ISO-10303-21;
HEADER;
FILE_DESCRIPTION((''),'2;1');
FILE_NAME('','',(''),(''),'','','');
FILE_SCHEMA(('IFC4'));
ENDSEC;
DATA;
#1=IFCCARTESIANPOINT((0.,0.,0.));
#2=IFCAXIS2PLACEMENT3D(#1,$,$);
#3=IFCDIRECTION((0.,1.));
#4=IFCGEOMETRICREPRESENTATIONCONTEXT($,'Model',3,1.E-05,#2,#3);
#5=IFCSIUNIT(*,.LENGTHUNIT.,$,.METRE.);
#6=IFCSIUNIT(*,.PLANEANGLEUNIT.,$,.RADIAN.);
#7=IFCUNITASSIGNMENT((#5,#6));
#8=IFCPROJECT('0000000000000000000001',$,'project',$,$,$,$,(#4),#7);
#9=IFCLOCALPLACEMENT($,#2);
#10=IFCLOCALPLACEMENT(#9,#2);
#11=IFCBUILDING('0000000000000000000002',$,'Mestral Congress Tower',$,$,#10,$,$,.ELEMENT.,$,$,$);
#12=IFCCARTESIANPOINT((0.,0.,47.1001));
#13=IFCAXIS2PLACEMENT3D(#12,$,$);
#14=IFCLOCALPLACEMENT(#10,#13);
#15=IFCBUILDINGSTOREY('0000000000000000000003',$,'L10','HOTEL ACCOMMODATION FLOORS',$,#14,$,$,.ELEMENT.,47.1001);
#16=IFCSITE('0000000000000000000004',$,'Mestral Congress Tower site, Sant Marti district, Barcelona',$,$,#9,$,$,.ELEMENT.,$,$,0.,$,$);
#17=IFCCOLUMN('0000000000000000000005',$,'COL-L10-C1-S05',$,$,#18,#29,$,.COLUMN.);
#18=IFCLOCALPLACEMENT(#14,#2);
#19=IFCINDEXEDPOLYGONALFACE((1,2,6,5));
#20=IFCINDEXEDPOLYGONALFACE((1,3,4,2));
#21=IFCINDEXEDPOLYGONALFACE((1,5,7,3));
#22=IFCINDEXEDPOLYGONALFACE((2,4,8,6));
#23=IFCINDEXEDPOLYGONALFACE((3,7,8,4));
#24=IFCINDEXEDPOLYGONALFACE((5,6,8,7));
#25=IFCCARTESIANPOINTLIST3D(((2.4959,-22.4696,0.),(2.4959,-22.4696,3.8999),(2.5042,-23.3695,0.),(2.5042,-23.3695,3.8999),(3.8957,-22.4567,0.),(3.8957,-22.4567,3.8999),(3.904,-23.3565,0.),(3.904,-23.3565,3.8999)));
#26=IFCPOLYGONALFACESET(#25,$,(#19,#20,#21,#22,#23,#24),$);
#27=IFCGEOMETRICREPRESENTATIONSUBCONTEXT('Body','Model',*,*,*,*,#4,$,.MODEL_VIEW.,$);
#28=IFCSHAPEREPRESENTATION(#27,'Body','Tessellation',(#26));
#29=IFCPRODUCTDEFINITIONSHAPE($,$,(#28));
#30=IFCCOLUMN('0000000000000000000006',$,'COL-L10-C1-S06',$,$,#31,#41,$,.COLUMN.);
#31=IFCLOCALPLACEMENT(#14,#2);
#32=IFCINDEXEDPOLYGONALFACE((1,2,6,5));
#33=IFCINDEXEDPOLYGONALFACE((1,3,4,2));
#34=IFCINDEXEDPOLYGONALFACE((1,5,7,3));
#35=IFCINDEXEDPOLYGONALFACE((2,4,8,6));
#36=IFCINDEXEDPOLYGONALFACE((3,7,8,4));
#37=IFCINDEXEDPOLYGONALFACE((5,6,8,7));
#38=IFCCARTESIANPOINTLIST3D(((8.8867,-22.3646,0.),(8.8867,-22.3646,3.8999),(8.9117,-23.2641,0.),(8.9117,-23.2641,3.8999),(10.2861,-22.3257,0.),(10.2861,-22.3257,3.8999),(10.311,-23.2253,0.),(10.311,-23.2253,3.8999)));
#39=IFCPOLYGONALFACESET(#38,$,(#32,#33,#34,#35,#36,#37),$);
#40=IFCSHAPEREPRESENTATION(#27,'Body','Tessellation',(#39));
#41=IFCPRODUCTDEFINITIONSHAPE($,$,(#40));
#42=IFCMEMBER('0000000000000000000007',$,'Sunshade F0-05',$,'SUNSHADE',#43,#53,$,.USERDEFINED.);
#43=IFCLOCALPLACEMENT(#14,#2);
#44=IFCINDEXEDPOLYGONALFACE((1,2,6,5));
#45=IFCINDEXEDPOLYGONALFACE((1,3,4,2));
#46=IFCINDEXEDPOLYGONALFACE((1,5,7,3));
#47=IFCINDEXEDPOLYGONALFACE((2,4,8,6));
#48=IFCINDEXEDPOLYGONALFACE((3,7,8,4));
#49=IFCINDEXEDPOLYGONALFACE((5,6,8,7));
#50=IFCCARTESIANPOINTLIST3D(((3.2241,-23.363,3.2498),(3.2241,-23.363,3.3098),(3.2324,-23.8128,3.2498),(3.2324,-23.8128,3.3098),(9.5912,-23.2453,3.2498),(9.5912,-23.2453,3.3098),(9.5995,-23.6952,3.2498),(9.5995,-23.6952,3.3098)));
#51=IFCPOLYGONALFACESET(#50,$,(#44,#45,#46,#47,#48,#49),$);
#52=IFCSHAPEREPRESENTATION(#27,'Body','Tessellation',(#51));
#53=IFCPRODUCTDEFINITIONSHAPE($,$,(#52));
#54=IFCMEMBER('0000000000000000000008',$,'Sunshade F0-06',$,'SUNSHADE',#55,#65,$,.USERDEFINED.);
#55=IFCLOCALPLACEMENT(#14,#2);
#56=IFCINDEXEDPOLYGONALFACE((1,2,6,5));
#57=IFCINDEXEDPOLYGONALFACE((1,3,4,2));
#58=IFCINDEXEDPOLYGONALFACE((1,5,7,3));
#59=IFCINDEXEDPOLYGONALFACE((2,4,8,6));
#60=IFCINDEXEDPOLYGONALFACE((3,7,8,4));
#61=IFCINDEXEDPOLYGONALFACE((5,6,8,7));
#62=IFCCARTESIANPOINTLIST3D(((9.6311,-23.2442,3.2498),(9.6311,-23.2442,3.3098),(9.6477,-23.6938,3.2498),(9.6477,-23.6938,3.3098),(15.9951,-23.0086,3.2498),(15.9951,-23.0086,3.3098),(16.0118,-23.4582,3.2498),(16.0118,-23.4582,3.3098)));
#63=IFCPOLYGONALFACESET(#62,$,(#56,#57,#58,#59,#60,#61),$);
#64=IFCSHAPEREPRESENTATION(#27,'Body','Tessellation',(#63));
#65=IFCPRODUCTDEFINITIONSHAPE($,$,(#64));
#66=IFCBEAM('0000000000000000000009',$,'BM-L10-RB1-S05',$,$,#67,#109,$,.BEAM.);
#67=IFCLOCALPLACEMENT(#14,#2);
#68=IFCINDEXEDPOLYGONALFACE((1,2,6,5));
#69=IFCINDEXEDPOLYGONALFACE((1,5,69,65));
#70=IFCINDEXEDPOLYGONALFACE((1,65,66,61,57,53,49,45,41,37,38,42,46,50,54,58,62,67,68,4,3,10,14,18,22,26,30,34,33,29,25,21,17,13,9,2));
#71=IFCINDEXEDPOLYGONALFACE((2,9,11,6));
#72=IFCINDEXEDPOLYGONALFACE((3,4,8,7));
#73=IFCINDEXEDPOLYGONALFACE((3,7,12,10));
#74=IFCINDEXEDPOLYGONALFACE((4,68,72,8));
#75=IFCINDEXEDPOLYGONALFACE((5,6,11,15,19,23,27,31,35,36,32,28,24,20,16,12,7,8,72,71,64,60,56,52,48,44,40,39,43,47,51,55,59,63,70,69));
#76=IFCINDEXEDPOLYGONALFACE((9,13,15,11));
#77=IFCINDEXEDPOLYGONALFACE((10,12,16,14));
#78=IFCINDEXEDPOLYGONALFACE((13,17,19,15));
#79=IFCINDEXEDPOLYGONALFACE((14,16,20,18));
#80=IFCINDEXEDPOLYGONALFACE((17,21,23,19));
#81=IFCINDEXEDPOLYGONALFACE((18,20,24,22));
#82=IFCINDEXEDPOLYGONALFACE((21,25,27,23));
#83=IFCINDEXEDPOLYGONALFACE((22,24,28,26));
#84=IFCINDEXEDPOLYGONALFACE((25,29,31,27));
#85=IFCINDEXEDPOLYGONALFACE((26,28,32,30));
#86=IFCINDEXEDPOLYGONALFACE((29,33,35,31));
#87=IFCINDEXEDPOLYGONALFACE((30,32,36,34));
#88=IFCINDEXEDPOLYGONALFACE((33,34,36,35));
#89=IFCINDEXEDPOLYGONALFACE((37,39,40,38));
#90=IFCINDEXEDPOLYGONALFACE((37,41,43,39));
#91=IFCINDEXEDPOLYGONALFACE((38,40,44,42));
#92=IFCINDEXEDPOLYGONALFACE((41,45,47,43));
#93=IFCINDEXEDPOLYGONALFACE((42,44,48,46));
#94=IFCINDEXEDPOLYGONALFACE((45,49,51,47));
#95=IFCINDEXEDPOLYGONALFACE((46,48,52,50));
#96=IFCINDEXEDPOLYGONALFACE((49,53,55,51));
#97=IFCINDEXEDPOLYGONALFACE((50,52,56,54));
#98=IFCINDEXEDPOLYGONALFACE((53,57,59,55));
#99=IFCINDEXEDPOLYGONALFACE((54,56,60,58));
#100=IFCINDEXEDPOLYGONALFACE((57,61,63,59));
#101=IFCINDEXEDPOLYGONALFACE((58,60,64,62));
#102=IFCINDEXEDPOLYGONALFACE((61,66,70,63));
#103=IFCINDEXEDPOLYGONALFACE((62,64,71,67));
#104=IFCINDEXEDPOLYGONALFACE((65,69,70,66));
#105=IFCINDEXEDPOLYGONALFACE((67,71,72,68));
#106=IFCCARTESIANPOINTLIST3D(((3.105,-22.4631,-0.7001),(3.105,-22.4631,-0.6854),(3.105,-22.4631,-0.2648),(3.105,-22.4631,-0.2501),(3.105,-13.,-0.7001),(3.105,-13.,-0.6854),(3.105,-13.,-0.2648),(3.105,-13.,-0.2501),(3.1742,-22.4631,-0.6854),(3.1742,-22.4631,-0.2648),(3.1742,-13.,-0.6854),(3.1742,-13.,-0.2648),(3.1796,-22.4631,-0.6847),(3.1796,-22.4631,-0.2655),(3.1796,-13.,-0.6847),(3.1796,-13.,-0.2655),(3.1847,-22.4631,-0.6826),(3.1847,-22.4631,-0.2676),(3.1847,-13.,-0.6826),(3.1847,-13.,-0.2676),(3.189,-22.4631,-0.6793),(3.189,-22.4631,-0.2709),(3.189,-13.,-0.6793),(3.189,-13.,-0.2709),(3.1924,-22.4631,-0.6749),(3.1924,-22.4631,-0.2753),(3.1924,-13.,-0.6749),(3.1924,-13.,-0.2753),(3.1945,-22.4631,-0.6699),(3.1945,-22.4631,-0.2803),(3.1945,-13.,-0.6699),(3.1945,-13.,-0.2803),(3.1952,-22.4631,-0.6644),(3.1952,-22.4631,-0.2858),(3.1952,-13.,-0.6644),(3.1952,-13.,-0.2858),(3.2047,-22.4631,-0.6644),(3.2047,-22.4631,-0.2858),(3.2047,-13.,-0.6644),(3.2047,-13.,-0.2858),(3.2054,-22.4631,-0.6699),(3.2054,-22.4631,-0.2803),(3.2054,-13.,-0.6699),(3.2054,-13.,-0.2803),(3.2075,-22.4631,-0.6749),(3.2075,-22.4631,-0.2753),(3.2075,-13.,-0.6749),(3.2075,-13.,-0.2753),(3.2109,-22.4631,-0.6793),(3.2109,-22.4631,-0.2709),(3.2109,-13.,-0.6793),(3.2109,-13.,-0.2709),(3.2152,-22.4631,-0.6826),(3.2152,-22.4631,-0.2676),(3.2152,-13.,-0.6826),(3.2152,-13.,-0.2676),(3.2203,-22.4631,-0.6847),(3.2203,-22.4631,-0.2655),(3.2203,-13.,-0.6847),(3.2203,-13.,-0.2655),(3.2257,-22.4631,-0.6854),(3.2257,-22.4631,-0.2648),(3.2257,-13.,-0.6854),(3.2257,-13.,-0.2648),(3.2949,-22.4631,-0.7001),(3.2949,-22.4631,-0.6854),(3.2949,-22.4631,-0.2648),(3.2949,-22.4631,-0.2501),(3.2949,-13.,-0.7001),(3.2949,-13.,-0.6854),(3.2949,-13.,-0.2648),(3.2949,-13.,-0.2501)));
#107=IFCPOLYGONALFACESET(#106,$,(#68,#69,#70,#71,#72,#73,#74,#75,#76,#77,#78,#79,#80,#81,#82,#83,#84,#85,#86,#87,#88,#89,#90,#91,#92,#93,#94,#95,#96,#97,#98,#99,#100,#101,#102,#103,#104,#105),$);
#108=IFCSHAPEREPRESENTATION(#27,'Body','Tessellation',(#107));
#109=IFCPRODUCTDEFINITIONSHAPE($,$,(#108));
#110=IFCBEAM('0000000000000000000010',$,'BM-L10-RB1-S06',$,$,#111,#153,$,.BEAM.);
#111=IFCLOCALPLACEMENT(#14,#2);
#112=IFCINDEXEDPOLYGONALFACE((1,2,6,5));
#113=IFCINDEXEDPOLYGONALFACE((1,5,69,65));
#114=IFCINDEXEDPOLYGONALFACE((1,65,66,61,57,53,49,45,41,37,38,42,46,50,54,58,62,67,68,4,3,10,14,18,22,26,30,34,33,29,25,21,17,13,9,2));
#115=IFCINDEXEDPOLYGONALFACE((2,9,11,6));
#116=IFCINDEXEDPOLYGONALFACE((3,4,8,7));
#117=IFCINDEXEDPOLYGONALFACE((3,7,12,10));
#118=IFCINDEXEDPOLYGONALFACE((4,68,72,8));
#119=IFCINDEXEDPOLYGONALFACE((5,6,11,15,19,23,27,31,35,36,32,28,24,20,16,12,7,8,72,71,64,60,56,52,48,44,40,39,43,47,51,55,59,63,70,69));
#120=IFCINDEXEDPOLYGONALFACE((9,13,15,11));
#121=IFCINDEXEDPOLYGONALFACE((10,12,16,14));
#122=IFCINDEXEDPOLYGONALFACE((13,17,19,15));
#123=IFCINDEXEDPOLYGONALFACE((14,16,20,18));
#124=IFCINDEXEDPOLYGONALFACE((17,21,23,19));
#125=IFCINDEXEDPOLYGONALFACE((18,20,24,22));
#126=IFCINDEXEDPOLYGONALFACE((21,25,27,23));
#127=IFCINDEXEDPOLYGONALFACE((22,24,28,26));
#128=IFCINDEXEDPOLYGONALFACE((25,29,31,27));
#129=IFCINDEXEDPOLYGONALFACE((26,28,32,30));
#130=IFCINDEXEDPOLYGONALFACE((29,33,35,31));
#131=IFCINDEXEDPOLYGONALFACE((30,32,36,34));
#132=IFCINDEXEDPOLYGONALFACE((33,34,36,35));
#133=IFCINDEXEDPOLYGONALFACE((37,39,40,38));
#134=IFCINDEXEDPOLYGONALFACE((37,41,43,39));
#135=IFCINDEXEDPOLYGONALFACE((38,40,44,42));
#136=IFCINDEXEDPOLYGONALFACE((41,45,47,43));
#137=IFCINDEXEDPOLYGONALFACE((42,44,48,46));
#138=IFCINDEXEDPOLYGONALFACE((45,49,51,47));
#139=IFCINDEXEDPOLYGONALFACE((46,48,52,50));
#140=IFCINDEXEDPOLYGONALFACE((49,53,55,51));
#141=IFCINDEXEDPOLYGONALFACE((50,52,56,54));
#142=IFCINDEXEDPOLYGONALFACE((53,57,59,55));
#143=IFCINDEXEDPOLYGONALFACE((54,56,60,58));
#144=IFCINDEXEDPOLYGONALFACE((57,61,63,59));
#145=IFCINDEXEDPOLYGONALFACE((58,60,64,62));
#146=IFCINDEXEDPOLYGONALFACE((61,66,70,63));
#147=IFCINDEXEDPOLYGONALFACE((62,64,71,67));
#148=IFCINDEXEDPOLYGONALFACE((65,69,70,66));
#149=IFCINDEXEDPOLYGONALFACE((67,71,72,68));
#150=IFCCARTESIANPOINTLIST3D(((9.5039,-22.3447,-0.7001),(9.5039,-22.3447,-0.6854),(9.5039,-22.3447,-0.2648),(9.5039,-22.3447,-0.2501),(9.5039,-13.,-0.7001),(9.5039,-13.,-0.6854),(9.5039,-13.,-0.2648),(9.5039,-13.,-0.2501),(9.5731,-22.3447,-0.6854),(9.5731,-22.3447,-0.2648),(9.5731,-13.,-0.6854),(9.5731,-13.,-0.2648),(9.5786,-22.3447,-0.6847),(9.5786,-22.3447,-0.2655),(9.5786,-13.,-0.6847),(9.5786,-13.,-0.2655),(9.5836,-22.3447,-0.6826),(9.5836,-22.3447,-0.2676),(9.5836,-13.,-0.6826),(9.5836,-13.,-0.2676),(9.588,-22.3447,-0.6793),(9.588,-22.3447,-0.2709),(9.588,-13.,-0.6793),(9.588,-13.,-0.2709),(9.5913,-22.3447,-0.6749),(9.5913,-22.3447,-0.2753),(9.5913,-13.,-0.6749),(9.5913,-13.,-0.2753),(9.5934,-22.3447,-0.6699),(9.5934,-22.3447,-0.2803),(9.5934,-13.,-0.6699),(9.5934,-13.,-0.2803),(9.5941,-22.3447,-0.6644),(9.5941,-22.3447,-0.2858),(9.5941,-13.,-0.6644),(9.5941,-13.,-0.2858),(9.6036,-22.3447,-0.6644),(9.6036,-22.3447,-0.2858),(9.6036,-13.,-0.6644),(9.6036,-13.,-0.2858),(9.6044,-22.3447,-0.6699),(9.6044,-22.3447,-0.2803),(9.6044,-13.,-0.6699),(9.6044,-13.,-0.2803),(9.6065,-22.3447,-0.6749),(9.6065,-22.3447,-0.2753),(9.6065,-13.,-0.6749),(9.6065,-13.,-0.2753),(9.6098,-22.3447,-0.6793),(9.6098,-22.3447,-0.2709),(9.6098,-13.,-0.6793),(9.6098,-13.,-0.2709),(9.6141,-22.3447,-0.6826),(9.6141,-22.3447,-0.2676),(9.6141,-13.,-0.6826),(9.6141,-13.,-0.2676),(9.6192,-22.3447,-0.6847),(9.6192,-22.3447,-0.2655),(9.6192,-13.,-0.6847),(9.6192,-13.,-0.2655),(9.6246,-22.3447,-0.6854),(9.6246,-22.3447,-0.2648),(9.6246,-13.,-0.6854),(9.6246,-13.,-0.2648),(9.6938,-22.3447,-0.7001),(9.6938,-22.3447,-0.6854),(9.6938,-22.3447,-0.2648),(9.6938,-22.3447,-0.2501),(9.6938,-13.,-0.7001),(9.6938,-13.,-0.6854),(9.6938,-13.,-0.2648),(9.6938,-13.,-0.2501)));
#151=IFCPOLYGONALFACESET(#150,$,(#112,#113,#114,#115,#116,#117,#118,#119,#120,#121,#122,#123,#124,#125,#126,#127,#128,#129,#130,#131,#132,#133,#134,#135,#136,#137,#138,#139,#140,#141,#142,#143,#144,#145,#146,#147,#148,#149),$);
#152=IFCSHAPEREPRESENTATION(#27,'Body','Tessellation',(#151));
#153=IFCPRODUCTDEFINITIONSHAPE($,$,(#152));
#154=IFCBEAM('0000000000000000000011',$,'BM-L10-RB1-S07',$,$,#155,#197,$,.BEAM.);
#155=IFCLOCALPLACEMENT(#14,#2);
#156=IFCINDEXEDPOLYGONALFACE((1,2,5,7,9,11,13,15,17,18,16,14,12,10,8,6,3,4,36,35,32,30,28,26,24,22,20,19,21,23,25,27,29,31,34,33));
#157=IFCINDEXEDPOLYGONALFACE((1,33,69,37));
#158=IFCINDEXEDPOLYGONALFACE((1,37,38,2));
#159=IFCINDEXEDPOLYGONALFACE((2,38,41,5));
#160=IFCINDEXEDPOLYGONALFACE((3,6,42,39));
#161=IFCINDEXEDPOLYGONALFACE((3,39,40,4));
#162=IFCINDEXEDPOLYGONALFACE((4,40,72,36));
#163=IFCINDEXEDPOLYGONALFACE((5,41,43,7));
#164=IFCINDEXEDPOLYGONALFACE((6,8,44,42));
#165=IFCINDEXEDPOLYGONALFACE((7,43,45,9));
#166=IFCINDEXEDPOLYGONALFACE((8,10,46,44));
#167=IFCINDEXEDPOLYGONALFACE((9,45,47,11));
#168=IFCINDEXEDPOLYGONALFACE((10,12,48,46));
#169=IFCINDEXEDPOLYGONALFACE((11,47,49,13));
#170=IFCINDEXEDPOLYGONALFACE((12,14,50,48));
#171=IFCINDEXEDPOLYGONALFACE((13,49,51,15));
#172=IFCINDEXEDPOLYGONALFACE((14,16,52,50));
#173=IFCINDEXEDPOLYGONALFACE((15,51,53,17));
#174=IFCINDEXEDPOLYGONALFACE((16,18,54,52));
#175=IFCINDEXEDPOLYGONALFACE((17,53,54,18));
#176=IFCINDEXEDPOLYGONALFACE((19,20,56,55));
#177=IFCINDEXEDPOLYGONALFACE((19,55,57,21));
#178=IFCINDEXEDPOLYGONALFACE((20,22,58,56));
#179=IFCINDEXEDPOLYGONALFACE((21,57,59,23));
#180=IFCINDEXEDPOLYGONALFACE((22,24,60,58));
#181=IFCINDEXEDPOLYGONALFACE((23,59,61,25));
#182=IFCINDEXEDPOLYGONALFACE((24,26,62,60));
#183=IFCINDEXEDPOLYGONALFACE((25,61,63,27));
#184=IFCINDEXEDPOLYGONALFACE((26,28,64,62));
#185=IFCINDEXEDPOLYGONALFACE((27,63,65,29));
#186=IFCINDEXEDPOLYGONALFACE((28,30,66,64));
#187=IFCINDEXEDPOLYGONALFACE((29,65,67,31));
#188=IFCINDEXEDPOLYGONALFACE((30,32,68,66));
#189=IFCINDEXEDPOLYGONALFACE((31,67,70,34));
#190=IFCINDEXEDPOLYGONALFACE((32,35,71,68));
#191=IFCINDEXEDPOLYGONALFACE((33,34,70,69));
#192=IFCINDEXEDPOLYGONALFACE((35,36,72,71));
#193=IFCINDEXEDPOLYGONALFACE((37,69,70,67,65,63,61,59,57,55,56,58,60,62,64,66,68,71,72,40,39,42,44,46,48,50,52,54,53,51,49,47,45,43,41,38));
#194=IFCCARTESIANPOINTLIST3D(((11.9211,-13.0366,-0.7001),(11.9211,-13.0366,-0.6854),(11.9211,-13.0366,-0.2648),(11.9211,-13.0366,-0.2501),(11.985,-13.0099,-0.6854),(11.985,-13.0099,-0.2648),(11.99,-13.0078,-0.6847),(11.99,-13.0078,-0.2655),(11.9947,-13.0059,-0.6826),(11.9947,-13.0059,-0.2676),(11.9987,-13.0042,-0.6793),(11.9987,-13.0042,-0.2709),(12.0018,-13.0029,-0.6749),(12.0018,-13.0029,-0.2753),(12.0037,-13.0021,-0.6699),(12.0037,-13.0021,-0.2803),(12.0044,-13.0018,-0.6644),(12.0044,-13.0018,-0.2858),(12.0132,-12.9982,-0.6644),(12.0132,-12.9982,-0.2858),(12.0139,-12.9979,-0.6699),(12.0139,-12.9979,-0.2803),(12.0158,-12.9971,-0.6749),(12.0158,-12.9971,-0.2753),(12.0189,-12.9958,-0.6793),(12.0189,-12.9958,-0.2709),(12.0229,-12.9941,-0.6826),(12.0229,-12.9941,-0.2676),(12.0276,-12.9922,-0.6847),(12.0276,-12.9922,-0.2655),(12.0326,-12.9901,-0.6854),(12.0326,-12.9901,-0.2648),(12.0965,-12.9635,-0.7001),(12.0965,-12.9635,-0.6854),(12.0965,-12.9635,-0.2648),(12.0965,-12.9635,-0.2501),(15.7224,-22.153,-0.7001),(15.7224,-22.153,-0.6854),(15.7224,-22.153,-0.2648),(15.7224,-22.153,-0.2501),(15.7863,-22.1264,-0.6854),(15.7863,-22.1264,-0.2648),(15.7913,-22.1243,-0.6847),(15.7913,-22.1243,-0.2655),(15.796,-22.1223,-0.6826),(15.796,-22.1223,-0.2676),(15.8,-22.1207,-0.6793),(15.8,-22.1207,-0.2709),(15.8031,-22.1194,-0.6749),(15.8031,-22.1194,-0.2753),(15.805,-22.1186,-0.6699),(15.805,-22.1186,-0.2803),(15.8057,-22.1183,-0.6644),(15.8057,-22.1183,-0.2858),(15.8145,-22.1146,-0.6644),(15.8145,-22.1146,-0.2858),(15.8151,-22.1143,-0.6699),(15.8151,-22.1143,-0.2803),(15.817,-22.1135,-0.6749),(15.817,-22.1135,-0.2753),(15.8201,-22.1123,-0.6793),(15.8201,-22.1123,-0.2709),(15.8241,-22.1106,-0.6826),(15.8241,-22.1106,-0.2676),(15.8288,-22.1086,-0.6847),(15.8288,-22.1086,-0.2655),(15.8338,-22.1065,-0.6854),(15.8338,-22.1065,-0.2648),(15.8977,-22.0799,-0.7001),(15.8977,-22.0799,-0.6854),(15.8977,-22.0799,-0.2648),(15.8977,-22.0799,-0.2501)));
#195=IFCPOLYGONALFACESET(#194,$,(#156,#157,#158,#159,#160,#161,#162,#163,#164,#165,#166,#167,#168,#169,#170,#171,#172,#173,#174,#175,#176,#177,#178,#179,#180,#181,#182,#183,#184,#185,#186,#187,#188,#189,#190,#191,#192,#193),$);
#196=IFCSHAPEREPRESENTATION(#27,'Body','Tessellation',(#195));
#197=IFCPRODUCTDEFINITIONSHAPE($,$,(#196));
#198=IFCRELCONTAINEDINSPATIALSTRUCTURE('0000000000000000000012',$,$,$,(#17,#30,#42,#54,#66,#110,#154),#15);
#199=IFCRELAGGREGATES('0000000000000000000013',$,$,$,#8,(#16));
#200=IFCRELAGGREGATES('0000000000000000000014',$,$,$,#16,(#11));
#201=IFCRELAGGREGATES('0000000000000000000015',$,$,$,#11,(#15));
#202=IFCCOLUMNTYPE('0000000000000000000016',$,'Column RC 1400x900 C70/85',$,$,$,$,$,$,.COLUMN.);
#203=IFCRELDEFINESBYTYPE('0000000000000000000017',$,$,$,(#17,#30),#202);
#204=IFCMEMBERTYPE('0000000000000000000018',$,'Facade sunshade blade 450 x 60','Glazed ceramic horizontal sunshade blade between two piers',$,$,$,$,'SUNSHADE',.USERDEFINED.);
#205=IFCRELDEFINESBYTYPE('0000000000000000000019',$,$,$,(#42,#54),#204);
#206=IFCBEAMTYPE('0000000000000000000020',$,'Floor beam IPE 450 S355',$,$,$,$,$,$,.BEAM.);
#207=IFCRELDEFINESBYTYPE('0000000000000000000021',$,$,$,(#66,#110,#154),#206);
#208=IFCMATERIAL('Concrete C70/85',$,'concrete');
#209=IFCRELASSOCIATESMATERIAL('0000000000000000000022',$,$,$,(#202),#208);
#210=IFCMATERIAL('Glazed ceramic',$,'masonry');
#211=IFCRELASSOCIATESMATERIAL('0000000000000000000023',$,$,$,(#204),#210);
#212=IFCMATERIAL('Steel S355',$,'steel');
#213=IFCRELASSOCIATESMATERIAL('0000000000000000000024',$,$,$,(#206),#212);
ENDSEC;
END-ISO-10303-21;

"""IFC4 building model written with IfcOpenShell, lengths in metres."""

from ifc_helpers import new_model, si_unit, direction, frame, origin, origin_2d, place, context, subcontext, project, spatial, rectangle, i_section, extrude, material, material_profile, profile_set, type_object, element, save


model = new_model("IFC4")

# Units and contexts
model_context = context("Model", 3, precision=1e-05, world=origin(), true_north=direction((0.0, 1.0)))
body_context = subcontext(model_context, "Body", "Model", "MODEL_VIEW")
ifc_project = project(units=[si_unit("LENGTHUNIT", "METRE"), si_unit("PLANEANGLEUNIT", "RADIAN")], contexts=[model_context])

# Site, building, storey
site_placement = place(None, origin())
site = spatial("IfcSite", under=ifc_project, at=site_placement, Name="Mestral Congress Tower site, Sant Marti district, Barcelona", CompositionType="ELEMENT", RefElevation=0.0)
building_placement = place(site_placement, origin())
building = spatial("IfcBuilding", under=site, at=building_placement, Name="Mestral Congress Tower", CompositionType="ELEMENT")
storey_placement = place(building_placement, frame((0.0, 0.0, 47.1001)))
storey = spatial("IfcBuildingStorey", under=building, at=storey_placement, Name="L10", Description="HOTEL ACCOMMODATION FLOORS", CompositionType="ELEMENT", Elevation=47.1001)

# Columns
ifc_material_1 = material(Name="Concrete C70/85", Category="concrete")
ifc_material_profile_1 = material_profile(ifc_material_1, rectangle(XDim=1.3999, YDim=0.8999, at=origin_2d()), Name="RC 1400x900")
ifc_profile_set_1 = profile_set([ifc_material_profile_1], Name="Concrete C70/85")
column_type = type_object("IfcColumnType", Name="Column RC 1400x900 C70/85", PredefinedType="COLUMN", material=ifc_profile_set_1)
for number, where, z_axis, x_axis, name in (
    (1, (3.2, -22.9131, 0.0), (0.0, 0.0, 1.0), (0.999957, 0.009243, 0.0), "COL-L10-C1-S05"),
    (2, (9.5989, -22.7949, 0.0), (0.0, 0.0, 1.0), (0.999616, 0.027726, 0.0), "COL-L10-C1-S06"),
):
    element("IfcColumn", number, at=place(storey_placement, frame(where, z_axis=z_axis, x_axis=x_axis)), inside=storey, type_object=column_type, Name=name, PredefinedType="COLUMN", context=body_context, shape_type="SweptSolid", body=[
        extrude(rectangle(XDim=1.3999, YDim=0.8999, at=origin_2d()), origin(), (0.0, 0.0, 1.0), 3.8999),
    ])

# Members
ifc_material_2 = material(Name="Glazed ceramic", Category="masonry")
ifc_material_profile_2 = material_profile(ifc_material_2, rectangle(XDim=0.45, YDim=0.0601, at=origin_2d()), Name="Ceramic blade 450 x 60")
ifc_profile_set_2 = profile_set([ifc_material_profile_2], Name="Glazed ceramic")
member_type = type_object("IfcMemberType", Name="Facade sunshade blade 450 x 60", Description="Glazed ceramic horizontal sunshade blade between two piers", ElementType="SUNSHADE", PredefinedType="USERDEFINED", material=ifc_profile_set_2)
member_1_placement = place(storey_placement, frame((3.2283, -23.5879, 3.2798), z_axis=(0.999829, 0.018478, 0.0), x_axis=(-0.018478, 0.999829, 0.0)))
element("IfcMember", 3, at=member_1_placement, inside=storey, type_object=member_type, Name="Sunshade F0-05", ObjectType="SUNSHADE", PredefinedType="USERDEFINED", context=body_context, shape_type="SweptSolid", body=[
    extrude(rectangle(XDim=0.45, YDim=0.0601, at=origin_2d()), origin(), (0.0, 0.0, 1.0), 6.3682),
])
member_2_placement = place(storey_placement, frame((9.6394, -23.469, 3.2798), z_axis=(0.999315, 0.036995, 0.0), x_axis=(-0.036995, 0.999315, 0.0)))
element("IfcMember", 4, at=member_2_placement, inside=storey, type_object=member_type, Name="Sunshade F0-06", ObjectType="SUNSHADE", PredefinedType="USERDEFINED", context=body_context, shape_type="SweptSolid", body=[
    extrude(rectangle(XDim=0.45, YDim=0.0601, at=origin_2d()), origin(), (0.0, 0.0, 1.0), 6.3684),
])

# Beams
ifc_material_3 = material(Name="Steel S355", Category="steel")
ifc_material_profile_3 = material_profile(ifc_material_3, i_section(OverallWidth=0.1899, OverallDepth=0.45, WebThickness=0.0095, FlangeThickness=0.0146, FilletRadius=0.021, at=origin_2d()), Name="IPE 450")
ifc_profile_set_3 = profile_set([ifc_material_profile_3], Name="Steel S355")
beam_type_1 = type_object("IfcBeamType", Name="Floor beam IPE 450 S355", PredefinedType="BEAM", material=ifc_profile_set_3)
beam_1_placement = place(storey_placement, frame((3.2, -22.4631, -0.4751), z_axis=(0.0, 1.0, 0.0), x_axis=(-1.0, 0.0, 0.0)))
element("IfcBeam", 5, at=beam_1_placement, inside=storey, type_object=beam_type_1, Name="BM-L10-RB1-S05", PredefinedType="BEAM", context=body_context, shape_type="SweptSolid", body=[
    extrude(i_section(OverallWidth=0.1899, OverallDepth=0.45, WebThickness=0.0095, FlangeThickness=0.0146, FilletRadius=0.021, at=origin_2d()), origin(), (0.0, 0.0, 1.0), 9.4631),
])
beam_2_placement = place(storey_placement, frame((9.5989, -22.3447, -0.4751), z_axis=(0.0, 1.0, 0.0), x_axis=(-1.0, 0.0, 0.0)))
element("IfcBeam", 6, at=beam_2_placement, inside=storey, type_object=beam_type_1, Name="BM-L10-RB1-S06", PredefinedType="BEAM", context=body_context, shape_type="SweptSolid", body=[
    extrude(i_section(OverallWidth=0.1899, OverallDepth=0.45, WebThickness=0.0095, FlangeThickness=0.0146, FilletRadius=0.021, at=origin_2d()), origin(), (0.0, 0.0, 1.0), 9.3447),
])
beam_3_placement = place(storey_placement, frame((15.8101, -22.1165, -0.4751), z_axis=(-0.384852, 0.922978, 0.0), x_axis=(-0.922978, -0.384852, 0.0)))
element("IfcBeam", 7, at=beam_3_placement, inside=storey, type_object=beam_type_1, Name="BM-L10-RB1-S07", PredefinedType="BEAM", context=body_context, shape_type="SweptSolid", body=[
    extrude(i_section(OverallWidth=0.1899, OverallDepth=0.45, WebThickness=0.0095, FlangeThickness=0.0146, FilletRadius=0.021, at=origin_2d()), origin(), (0.0, 0.0, 1.0), 9.8772),
])

save(model, "model.ifc")
